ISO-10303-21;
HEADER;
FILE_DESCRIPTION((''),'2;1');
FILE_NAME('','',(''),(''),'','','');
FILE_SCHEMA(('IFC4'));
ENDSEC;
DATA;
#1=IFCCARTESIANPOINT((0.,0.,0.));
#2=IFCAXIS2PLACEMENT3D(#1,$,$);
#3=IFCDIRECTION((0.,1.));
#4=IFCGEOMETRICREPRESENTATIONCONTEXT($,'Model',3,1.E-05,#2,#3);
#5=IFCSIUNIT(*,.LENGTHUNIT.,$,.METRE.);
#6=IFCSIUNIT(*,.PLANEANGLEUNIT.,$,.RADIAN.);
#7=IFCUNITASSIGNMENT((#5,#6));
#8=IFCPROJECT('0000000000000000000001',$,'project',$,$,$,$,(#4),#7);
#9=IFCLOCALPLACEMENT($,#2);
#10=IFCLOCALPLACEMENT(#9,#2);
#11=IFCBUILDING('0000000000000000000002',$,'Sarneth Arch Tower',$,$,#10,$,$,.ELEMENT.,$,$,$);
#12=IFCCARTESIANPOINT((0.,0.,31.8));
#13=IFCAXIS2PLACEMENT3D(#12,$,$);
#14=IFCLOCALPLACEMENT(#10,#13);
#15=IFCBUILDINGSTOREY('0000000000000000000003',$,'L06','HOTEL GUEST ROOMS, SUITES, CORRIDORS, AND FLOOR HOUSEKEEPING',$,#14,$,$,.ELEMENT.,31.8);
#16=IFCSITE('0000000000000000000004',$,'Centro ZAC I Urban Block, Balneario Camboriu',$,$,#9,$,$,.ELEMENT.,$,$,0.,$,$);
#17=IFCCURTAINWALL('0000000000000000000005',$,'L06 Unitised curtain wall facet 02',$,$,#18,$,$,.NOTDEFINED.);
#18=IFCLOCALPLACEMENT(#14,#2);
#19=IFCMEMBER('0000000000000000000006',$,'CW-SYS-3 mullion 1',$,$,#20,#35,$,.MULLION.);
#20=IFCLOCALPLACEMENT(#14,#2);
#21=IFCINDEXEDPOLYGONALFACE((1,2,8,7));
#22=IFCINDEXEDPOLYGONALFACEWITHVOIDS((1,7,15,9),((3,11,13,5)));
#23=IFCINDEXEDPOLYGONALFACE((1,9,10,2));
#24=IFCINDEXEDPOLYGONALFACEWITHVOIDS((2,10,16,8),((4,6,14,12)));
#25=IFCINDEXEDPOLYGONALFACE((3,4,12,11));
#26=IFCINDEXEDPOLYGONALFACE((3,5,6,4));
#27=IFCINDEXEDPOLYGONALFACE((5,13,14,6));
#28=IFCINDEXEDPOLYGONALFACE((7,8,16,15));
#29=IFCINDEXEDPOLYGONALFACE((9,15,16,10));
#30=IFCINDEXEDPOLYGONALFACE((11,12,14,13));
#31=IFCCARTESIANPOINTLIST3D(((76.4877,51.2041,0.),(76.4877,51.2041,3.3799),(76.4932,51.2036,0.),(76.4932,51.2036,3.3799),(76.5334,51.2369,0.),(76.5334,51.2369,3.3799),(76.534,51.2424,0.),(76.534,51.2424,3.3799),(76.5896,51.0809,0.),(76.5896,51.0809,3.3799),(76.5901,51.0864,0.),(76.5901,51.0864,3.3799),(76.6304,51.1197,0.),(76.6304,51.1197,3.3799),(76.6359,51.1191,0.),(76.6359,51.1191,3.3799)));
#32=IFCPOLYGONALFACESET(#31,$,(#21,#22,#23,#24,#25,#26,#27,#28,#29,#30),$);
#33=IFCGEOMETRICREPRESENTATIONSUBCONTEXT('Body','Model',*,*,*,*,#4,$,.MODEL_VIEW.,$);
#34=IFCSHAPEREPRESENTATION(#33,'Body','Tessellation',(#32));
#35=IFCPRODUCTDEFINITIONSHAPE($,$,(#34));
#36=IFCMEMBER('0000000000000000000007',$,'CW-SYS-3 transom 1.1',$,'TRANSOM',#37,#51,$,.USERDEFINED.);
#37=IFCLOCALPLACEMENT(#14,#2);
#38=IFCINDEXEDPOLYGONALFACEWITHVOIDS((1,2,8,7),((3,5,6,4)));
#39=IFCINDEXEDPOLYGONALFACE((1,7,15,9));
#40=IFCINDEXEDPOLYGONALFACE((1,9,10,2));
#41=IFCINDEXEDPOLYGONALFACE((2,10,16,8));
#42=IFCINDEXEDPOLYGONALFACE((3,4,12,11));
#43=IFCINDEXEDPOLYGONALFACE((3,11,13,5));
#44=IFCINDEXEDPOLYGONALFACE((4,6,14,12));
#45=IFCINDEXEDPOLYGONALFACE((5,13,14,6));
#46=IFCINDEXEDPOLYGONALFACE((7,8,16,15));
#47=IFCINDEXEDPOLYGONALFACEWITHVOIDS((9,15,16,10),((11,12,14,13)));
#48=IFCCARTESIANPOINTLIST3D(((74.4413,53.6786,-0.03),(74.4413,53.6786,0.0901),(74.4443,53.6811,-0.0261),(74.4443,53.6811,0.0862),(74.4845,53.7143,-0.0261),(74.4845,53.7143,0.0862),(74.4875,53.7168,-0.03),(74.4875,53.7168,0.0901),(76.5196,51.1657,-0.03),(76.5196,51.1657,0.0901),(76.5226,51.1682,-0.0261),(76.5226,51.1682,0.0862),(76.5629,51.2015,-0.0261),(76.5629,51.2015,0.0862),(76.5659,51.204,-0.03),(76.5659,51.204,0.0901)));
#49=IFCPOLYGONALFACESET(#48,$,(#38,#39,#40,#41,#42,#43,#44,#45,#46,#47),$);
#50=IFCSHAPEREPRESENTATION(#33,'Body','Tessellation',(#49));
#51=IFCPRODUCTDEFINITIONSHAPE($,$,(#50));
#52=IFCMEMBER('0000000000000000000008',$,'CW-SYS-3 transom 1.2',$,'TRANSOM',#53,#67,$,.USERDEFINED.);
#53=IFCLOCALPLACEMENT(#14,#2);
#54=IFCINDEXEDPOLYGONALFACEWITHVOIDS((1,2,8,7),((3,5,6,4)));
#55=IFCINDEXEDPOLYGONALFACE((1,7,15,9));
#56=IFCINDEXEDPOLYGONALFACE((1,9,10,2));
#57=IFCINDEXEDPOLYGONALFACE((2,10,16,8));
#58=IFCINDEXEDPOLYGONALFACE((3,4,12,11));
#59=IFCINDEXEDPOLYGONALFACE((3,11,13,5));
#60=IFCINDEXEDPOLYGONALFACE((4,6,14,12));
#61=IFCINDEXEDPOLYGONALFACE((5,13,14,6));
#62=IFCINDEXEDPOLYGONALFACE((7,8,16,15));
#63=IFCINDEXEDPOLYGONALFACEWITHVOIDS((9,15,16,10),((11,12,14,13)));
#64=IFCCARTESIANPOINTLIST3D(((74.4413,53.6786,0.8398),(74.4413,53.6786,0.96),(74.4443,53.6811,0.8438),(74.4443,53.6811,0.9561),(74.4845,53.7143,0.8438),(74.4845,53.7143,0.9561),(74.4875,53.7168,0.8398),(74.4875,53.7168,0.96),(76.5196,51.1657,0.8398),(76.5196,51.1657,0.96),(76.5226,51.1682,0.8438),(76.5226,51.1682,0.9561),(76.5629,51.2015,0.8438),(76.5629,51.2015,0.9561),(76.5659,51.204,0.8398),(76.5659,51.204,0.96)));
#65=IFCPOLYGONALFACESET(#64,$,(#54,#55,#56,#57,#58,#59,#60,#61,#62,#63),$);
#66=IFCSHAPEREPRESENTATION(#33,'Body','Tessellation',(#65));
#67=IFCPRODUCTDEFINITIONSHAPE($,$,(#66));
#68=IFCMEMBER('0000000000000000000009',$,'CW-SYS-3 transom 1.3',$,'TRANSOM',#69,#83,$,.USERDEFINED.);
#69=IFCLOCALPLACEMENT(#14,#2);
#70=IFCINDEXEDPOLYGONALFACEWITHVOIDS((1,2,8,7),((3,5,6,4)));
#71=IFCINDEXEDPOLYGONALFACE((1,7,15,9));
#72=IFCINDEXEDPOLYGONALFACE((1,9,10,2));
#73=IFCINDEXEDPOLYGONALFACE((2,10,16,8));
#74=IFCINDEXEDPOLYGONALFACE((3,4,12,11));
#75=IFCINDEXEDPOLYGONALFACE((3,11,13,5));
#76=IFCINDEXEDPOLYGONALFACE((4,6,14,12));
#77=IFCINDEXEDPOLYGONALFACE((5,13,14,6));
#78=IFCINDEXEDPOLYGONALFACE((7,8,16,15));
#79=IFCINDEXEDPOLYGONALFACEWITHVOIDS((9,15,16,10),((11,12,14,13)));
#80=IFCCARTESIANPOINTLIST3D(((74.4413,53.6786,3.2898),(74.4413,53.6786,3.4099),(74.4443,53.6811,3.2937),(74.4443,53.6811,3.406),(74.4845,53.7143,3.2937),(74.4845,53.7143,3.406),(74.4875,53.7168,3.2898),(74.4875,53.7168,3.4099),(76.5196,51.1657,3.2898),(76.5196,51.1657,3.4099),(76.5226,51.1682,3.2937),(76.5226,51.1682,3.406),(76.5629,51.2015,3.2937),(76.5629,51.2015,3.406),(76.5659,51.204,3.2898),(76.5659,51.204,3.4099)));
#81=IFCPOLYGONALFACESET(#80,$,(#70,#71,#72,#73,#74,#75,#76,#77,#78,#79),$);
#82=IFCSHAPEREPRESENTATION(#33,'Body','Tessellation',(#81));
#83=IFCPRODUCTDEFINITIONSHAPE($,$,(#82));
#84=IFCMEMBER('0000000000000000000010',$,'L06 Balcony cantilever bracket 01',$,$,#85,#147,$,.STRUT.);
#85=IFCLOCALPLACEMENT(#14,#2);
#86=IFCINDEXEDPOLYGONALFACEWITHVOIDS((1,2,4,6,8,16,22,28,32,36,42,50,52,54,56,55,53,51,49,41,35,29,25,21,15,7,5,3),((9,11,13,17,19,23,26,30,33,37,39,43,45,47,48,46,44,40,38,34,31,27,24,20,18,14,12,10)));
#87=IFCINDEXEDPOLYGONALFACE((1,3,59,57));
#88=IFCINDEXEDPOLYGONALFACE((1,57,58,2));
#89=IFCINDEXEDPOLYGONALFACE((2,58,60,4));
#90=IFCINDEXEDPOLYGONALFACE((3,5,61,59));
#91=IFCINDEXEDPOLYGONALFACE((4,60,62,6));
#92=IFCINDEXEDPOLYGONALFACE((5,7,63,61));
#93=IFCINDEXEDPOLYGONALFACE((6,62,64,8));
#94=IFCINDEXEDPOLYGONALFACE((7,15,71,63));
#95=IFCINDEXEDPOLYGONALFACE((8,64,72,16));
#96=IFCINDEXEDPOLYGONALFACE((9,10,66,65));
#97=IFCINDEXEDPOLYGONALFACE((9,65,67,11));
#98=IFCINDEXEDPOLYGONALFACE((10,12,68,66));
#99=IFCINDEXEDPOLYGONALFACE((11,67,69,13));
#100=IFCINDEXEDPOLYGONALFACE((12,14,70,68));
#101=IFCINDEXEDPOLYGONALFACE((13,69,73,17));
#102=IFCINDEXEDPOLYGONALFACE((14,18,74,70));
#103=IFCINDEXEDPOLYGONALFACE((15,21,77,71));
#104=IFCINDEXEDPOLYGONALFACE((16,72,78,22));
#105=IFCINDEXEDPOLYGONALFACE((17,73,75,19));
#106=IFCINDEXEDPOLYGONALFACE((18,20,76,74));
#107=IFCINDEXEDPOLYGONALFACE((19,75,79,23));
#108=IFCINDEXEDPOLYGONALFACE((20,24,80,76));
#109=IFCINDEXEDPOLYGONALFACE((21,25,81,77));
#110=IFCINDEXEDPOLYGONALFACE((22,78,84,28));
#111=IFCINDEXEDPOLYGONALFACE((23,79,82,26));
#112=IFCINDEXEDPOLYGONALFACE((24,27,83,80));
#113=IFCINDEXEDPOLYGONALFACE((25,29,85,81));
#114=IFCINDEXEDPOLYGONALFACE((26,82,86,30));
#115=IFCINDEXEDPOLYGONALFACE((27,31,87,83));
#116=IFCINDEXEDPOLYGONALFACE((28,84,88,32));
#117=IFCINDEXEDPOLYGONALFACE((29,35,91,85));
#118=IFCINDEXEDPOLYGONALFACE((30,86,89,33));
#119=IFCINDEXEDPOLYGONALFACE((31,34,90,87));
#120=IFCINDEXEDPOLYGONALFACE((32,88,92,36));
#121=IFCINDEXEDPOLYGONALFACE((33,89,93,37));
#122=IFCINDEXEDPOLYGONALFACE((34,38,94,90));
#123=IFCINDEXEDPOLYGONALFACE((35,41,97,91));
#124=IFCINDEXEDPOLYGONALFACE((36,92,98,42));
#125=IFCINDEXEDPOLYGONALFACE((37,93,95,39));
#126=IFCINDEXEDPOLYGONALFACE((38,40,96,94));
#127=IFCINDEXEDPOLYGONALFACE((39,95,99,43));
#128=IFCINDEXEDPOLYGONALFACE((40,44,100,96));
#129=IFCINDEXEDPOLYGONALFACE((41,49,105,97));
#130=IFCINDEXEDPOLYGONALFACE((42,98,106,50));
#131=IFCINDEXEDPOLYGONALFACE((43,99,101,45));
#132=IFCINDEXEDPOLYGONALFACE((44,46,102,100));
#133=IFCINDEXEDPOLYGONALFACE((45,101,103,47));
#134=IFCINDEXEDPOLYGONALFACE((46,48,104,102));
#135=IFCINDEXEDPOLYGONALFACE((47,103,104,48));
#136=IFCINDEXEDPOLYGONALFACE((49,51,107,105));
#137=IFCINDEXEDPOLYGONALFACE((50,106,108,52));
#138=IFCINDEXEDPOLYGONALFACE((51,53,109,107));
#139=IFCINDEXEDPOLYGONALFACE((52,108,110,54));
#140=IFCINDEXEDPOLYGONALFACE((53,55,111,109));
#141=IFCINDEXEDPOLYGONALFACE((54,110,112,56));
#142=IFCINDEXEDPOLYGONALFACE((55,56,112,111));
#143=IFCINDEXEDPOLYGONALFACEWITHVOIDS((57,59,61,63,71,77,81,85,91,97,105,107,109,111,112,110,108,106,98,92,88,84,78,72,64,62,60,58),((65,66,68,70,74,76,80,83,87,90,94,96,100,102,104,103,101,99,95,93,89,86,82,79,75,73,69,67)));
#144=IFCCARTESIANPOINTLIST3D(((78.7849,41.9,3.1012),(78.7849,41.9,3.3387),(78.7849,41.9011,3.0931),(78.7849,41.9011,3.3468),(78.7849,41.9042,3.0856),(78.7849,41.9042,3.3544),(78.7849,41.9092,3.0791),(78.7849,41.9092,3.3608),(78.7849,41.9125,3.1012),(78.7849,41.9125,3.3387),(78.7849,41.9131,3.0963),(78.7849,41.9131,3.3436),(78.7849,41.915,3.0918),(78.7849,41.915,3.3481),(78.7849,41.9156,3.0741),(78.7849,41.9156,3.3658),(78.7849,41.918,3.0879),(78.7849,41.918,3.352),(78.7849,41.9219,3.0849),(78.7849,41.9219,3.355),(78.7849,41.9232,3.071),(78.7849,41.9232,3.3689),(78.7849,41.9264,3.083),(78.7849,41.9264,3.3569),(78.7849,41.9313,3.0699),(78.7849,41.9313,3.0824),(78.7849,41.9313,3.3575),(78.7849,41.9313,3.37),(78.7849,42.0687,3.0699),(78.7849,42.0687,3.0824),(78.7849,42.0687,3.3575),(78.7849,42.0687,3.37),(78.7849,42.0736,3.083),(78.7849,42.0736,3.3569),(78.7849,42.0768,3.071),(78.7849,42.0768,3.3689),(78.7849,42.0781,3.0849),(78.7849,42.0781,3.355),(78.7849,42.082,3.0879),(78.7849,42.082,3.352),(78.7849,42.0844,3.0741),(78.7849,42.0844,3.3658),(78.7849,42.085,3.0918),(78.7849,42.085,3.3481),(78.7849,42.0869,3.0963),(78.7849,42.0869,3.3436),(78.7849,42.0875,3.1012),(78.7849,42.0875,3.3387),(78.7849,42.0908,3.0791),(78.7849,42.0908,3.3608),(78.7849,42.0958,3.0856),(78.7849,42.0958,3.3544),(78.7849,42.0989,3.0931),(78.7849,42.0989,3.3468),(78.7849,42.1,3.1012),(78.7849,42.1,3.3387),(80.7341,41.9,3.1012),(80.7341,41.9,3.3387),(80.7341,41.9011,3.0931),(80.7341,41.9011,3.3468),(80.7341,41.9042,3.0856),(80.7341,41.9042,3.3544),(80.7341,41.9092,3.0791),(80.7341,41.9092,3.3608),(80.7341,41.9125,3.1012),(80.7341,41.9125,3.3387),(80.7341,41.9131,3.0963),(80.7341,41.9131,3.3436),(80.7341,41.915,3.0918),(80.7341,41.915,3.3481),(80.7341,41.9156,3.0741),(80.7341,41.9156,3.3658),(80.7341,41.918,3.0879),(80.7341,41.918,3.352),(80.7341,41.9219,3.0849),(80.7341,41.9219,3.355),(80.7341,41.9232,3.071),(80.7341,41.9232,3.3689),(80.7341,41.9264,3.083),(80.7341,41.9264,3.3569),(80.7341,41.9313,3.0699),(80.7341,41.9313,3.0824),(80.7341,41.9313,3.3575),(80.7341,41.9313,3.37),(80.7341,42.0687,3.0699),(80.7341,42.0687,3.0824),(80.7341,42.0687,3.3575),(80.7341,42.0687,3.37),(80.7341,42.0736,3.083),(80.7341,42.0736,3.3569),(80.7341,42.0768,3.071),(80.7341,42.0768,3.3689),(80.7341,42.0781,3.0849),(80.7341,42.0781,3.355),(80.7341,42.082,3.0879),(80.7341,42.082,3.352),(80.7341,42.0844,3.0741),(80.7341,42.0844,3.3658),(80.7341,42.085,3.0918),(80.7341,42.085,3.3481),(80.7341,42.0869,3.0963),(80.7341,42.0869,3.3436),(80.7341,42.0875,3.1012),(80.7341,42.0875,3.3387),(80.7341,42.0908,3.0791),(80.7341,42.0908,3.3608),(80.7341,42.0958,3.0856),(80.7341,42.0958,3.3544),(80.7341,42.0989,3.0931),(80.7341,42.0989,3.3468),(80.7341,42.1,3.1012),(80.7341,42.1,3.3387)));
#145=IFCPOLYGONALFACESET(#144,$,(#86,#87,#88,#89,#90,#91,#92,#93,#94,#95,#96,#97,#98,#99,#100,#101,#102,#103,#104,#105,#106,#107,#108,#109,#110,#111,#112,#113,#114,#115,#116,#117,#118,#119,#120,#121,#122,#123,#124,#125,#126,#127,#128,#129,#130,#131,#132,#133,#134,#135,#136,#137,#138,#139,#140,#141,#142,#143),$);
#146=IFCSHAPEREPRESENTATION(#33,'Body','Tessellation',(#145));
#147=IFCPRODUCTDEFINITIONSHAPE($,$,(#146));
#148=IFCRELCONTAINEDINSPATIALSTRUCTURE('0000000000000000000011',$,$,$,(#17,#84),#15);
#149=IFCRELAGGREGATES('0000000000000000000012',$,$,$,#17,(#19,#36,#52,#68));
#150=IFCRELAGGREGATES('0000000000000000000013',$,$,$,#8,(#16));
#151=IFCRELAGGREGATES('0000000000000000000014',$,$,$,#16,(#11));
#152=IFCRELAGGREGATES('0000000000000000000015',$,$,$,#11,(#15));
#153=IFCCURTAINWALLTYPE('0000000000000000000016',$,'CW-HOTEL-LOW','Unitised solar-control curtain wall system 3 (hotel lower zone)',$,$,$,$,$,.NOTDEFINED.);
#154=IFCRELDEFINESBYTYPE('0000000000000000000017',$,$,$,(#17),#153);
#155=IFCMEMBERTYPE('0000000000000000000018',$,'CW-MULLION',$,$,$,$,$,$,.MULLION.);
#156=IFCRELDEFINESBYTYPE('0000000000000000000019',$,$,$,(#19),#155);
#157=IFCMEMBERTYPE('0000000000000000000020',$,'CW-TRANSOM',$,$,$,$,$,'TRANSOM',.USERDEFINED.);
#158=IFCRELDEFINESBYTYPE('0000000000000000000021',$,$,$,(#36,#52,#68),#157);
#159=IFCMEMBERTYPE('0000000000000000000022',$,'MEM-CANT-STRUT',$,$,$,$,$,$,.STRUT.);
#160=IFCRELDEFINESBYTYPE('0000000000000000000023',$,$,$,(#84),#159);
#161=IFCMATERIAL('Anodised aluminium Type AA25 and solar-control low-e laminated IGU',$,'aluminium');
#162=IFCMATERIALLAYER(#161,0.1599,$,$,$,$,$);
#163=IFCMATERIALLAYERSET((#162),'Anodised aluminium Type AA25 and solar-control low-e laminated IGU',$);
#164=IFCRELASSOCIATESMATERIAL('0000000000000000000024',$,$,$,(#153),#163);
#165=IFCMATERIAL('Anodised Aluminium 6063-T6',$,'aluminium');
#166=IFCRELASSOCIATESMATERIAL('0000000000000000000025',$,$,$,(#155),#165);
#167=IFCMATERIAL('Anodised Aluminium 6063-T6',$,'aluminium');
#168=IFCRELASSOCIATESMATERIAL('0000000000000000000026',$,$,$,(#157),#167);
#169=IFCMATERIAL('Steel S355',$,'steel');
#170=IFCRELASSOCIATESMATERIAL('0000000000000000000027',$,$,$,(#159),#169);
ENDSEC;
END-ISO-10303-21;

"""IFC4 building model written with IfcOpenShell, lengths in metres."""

from ifc_helpers import new_model, si_unit, direction, frame, origin, origin_2d, place, context, subcontext, project, spatial, hollow_rectangle, extrude, material, layer, layer_set, material_profile, profile_set, type_object, element, aggregate, save


model = new_model("IFC4")

# Units and contexts
model_context = context("Model", 3, precision=1e-05, world=origin(), true_north=direction((0.0, 1.0)))
body_context = subcontext(model_context, "Body", "Model", "MODEL_VIEW")
ifc_project = project(units=[si_unit("LENGTHUNIT", "METRE"), si_unit("PLANEANGLEUNIT", "RADIAN")], contexts=[model_context])

# Site, building, storey
site_placement = place(None, origin())
site = spatial("IfcSite", under=ifc_project, at=site_placement, Name="Centro ZAC I Urban Block, Balneario Camboriu", CompositionType="ELEMENT", RefElevation=0.0)
building_placement = place(site_placement, origin())
building = spatial("IfcBuilding", under=site, at=building_placement, Name="Sarneth Arch Tower", CompositionType="ELEMENT")
storey_placement = place(building_placement, frame((0.0, 0.0, 31.8)))
storey = spatial("IfcBuildingStorey", under=building, at=storey_placement, Name="L06", Description="HOTEL GUEST ROOMS, SUITES, CORRIDORS, AND FLOOR HOUSEKEEPING", CompositionType="ELEMENT", Elevation=31.8)

# Curtain wall, members
ifc_material_1 = material(Name="Anodised aluminium Type AA25 and solar-control low-e laminated IGU", Category="aluminium")
ifc_layer_1 = layer(ifc_material_1, 0.1599)
ifc_layer_set_1 = layer_set([ifc_layer_1], Name="Anodised aluminium Type AA25 and solar-control low-e laminated IGU")
curtain_wall_type = type_object("IfcCurtainWallType", Name="CW-HOTEL-LOW", Description="Unitised solar-control curtain wall system 3 (hotel lower zone)", PredefinedType="NOTDEFINED", material=ifc_layer_set_1)
curtain_wall_placement = place(storey_placement, origin())
curtain_wall = element("IfcCurtainWall", 1, at=curtain_wall_placement, inside=storey, type_object=curtain_wall_type, Name="L06 Unitised curtain wall facet 02", PredefinedType="NOTDEFINED")
ifc_material_2 = material(Name="Anodised Aluminium 6063-T6", Category="aluminium")
ifc_material_profile_1 = material_profile(ifc_material_2, hollow_rectangle(XDim=0.0601, YDim=0.1599, WallThickness=0.0039, at=origin_2d()), Name="AL-MULL-160x60x4")
ifc_profile_set_1 = profile_set([ifc_material_profile_1], Name="Anodised Aluminium 6063-T6")
member_type_1 = type_object("IfcMemberType", Name="CW-MULLION", PredefinedType="MULLION", material=ifc_profile_set_1)
member_1_placement = place(storey_placement, frame((76.5618, 51.1616, 0.0), z_axis=(0.0, 0.0, 1.0), x_axis=(-0.770623, -0.637291, 0.0)))
member_1 = element("IfcMember", 2, at=member_1_placement, type_object=member_type_1, Name="CW-SYS-3 mullion 1", PredefinedType="MULLION", context=body_context, shape_type="SweptSolid", body=[
    extrude(hollow_rectangle(XDim=0.0601, YDim=0.1599, WallThickness=0.0039, at=origin_2d()), origin(), (0.0, 0.0, 1.0), 3.3799),
])
ifc_material_3 = material(Name="Anodised Aluminium 6063-T6", Category="aluminium")
ifc_material_profile_2 = material_profile(ifc_material_3, hollow_rectangle(XDim=0.0601, YDim=0.1201, WallThickness=0.0039, at=origin_2d()), Name="AL-TRAN-120x60x4")
ifc_profile_set_2 = profile_set([ifc_material_profile_2], Name="Anodised Aluminium 6063-T6")
member_type_2 = type_object("IfcMemberType", Name="CW-TRANSOM", ElementType="TRANSOM", PredefinedType="USERDEFINED", material=ifc_profile_set_2)
member_2_placement = place(storey_placement, frame((76.5427, 51.1848, 0.03), z_axis=(-0.63733, 0.770591, 0.0), x_axis=(-0.770591, -0.63733, 0.0)))
member_2 = element("IfcMember", 3, at=member_2_placement, type_object=member_type_2, Name="CW-SYS-3 transom 1.1", ObjectType="TRANSOM", PredefinedType="USERDEFINED", context=body_context, shape_type="SweptSolid", body=[
    extrude(hollow_rectangle(XDim=0.0601, YDim=0.1201, WallThickness=0.0039, at=origin_2d()), origin(), (0.0, 0.0, 1.0), 3.261),
])
member_3_placement = place(storey_placement, frame((76.5427, 51.1848, 0.8999), z_axis=(-0.63733, 0.770591, 0.0), x_axis=(-0.770591, -0.63733, 0.0)))
member_3 = element("IfcMember", 4, at=member_3_placement, type_object=member_type_2, Name="CW-SYS-3 transom 1.2", ObjectType="TRANSOM", PredefinedType="USERDEFINED", context=body_context, shape_type="SweptSolid", body=[
    extrude(hollow_rectangle(XDim=0.0601, YDim=0.1201, WallThickness=0.0039, at=origin_2d()), origin(), (0.0, 0.0, 1.0), 3.261),
])
member_4_placement = place(storey_placement, frame((76.5427, 51.1848, 3.3499), z_axis=(-0.63733, 0.770591, 0.0), x_axis=(-0.770591, -0.63733, 0.0)))
member_4 = element("IfcMember", 5, at=member_4_placement, type_object=member_type_2, Name="CW-SYS-3 transom 1.3", ObjectType="TRANSOM", PredefinedType="USERDEFINED", context=body_context, shape_type="SweptSolid", body=[
    extrude(hollow_rectangle(XDim=0.0601, YDim=0.1201, WallThickness=0.0039, at=origin_2d()), origin(), (0.0, 0.0, 1.0), 3.261),
])

# Member
ifc_material_4 = material(Name="Steel S355", Category="steel")
ifc_material_profile_3 = material_profile(ifc_material_4, hollow_rectangle(XDim=0.2, YDim=0.3, WallThickness=0.0125, InnerFilletRadius=0.0188, OuterFilletRadius=0.0312, at=origin_2d()), Name="RHS300x200x12.5")
ifc_profile_set_3 = profile_set([ifc_material_profile_3], Name="Steel S355")
member_type_3 = type_object("IfcMemberType", Name="MEM-CANT-STRUT", PredefinedType="STRUT", material=ifc_profile_set_3)
member_5_placement = place(storey_placement, frame((78.7849, 42.0, 3.22), z_axis=(1.0, 0.0, 0.0), x_axis=(0.0, 1.0, 0.0)))
element("IfcMember", 6, at=member_5_placement, inside=storey, type_object=member_type_3, Name="L06 Balcony cantilever bracket 01", PredefinedType="STRUT", context=body_context, shape_type="SweptSolid", body=[
    extrude(hollow_rectangle(XDim=0.2, YDim=0.3, WallThickness=0.0125, InnerFilletRadius=0.0188, OuterFilletRadius=0.0312, at=origin_2d()), origin(), (0.0, 0.0, 1.0), 1.9492),
])

aggregate(curtain_wall, [member_1, member_2, member_3, member_4])

save(model, "model.ifc")
